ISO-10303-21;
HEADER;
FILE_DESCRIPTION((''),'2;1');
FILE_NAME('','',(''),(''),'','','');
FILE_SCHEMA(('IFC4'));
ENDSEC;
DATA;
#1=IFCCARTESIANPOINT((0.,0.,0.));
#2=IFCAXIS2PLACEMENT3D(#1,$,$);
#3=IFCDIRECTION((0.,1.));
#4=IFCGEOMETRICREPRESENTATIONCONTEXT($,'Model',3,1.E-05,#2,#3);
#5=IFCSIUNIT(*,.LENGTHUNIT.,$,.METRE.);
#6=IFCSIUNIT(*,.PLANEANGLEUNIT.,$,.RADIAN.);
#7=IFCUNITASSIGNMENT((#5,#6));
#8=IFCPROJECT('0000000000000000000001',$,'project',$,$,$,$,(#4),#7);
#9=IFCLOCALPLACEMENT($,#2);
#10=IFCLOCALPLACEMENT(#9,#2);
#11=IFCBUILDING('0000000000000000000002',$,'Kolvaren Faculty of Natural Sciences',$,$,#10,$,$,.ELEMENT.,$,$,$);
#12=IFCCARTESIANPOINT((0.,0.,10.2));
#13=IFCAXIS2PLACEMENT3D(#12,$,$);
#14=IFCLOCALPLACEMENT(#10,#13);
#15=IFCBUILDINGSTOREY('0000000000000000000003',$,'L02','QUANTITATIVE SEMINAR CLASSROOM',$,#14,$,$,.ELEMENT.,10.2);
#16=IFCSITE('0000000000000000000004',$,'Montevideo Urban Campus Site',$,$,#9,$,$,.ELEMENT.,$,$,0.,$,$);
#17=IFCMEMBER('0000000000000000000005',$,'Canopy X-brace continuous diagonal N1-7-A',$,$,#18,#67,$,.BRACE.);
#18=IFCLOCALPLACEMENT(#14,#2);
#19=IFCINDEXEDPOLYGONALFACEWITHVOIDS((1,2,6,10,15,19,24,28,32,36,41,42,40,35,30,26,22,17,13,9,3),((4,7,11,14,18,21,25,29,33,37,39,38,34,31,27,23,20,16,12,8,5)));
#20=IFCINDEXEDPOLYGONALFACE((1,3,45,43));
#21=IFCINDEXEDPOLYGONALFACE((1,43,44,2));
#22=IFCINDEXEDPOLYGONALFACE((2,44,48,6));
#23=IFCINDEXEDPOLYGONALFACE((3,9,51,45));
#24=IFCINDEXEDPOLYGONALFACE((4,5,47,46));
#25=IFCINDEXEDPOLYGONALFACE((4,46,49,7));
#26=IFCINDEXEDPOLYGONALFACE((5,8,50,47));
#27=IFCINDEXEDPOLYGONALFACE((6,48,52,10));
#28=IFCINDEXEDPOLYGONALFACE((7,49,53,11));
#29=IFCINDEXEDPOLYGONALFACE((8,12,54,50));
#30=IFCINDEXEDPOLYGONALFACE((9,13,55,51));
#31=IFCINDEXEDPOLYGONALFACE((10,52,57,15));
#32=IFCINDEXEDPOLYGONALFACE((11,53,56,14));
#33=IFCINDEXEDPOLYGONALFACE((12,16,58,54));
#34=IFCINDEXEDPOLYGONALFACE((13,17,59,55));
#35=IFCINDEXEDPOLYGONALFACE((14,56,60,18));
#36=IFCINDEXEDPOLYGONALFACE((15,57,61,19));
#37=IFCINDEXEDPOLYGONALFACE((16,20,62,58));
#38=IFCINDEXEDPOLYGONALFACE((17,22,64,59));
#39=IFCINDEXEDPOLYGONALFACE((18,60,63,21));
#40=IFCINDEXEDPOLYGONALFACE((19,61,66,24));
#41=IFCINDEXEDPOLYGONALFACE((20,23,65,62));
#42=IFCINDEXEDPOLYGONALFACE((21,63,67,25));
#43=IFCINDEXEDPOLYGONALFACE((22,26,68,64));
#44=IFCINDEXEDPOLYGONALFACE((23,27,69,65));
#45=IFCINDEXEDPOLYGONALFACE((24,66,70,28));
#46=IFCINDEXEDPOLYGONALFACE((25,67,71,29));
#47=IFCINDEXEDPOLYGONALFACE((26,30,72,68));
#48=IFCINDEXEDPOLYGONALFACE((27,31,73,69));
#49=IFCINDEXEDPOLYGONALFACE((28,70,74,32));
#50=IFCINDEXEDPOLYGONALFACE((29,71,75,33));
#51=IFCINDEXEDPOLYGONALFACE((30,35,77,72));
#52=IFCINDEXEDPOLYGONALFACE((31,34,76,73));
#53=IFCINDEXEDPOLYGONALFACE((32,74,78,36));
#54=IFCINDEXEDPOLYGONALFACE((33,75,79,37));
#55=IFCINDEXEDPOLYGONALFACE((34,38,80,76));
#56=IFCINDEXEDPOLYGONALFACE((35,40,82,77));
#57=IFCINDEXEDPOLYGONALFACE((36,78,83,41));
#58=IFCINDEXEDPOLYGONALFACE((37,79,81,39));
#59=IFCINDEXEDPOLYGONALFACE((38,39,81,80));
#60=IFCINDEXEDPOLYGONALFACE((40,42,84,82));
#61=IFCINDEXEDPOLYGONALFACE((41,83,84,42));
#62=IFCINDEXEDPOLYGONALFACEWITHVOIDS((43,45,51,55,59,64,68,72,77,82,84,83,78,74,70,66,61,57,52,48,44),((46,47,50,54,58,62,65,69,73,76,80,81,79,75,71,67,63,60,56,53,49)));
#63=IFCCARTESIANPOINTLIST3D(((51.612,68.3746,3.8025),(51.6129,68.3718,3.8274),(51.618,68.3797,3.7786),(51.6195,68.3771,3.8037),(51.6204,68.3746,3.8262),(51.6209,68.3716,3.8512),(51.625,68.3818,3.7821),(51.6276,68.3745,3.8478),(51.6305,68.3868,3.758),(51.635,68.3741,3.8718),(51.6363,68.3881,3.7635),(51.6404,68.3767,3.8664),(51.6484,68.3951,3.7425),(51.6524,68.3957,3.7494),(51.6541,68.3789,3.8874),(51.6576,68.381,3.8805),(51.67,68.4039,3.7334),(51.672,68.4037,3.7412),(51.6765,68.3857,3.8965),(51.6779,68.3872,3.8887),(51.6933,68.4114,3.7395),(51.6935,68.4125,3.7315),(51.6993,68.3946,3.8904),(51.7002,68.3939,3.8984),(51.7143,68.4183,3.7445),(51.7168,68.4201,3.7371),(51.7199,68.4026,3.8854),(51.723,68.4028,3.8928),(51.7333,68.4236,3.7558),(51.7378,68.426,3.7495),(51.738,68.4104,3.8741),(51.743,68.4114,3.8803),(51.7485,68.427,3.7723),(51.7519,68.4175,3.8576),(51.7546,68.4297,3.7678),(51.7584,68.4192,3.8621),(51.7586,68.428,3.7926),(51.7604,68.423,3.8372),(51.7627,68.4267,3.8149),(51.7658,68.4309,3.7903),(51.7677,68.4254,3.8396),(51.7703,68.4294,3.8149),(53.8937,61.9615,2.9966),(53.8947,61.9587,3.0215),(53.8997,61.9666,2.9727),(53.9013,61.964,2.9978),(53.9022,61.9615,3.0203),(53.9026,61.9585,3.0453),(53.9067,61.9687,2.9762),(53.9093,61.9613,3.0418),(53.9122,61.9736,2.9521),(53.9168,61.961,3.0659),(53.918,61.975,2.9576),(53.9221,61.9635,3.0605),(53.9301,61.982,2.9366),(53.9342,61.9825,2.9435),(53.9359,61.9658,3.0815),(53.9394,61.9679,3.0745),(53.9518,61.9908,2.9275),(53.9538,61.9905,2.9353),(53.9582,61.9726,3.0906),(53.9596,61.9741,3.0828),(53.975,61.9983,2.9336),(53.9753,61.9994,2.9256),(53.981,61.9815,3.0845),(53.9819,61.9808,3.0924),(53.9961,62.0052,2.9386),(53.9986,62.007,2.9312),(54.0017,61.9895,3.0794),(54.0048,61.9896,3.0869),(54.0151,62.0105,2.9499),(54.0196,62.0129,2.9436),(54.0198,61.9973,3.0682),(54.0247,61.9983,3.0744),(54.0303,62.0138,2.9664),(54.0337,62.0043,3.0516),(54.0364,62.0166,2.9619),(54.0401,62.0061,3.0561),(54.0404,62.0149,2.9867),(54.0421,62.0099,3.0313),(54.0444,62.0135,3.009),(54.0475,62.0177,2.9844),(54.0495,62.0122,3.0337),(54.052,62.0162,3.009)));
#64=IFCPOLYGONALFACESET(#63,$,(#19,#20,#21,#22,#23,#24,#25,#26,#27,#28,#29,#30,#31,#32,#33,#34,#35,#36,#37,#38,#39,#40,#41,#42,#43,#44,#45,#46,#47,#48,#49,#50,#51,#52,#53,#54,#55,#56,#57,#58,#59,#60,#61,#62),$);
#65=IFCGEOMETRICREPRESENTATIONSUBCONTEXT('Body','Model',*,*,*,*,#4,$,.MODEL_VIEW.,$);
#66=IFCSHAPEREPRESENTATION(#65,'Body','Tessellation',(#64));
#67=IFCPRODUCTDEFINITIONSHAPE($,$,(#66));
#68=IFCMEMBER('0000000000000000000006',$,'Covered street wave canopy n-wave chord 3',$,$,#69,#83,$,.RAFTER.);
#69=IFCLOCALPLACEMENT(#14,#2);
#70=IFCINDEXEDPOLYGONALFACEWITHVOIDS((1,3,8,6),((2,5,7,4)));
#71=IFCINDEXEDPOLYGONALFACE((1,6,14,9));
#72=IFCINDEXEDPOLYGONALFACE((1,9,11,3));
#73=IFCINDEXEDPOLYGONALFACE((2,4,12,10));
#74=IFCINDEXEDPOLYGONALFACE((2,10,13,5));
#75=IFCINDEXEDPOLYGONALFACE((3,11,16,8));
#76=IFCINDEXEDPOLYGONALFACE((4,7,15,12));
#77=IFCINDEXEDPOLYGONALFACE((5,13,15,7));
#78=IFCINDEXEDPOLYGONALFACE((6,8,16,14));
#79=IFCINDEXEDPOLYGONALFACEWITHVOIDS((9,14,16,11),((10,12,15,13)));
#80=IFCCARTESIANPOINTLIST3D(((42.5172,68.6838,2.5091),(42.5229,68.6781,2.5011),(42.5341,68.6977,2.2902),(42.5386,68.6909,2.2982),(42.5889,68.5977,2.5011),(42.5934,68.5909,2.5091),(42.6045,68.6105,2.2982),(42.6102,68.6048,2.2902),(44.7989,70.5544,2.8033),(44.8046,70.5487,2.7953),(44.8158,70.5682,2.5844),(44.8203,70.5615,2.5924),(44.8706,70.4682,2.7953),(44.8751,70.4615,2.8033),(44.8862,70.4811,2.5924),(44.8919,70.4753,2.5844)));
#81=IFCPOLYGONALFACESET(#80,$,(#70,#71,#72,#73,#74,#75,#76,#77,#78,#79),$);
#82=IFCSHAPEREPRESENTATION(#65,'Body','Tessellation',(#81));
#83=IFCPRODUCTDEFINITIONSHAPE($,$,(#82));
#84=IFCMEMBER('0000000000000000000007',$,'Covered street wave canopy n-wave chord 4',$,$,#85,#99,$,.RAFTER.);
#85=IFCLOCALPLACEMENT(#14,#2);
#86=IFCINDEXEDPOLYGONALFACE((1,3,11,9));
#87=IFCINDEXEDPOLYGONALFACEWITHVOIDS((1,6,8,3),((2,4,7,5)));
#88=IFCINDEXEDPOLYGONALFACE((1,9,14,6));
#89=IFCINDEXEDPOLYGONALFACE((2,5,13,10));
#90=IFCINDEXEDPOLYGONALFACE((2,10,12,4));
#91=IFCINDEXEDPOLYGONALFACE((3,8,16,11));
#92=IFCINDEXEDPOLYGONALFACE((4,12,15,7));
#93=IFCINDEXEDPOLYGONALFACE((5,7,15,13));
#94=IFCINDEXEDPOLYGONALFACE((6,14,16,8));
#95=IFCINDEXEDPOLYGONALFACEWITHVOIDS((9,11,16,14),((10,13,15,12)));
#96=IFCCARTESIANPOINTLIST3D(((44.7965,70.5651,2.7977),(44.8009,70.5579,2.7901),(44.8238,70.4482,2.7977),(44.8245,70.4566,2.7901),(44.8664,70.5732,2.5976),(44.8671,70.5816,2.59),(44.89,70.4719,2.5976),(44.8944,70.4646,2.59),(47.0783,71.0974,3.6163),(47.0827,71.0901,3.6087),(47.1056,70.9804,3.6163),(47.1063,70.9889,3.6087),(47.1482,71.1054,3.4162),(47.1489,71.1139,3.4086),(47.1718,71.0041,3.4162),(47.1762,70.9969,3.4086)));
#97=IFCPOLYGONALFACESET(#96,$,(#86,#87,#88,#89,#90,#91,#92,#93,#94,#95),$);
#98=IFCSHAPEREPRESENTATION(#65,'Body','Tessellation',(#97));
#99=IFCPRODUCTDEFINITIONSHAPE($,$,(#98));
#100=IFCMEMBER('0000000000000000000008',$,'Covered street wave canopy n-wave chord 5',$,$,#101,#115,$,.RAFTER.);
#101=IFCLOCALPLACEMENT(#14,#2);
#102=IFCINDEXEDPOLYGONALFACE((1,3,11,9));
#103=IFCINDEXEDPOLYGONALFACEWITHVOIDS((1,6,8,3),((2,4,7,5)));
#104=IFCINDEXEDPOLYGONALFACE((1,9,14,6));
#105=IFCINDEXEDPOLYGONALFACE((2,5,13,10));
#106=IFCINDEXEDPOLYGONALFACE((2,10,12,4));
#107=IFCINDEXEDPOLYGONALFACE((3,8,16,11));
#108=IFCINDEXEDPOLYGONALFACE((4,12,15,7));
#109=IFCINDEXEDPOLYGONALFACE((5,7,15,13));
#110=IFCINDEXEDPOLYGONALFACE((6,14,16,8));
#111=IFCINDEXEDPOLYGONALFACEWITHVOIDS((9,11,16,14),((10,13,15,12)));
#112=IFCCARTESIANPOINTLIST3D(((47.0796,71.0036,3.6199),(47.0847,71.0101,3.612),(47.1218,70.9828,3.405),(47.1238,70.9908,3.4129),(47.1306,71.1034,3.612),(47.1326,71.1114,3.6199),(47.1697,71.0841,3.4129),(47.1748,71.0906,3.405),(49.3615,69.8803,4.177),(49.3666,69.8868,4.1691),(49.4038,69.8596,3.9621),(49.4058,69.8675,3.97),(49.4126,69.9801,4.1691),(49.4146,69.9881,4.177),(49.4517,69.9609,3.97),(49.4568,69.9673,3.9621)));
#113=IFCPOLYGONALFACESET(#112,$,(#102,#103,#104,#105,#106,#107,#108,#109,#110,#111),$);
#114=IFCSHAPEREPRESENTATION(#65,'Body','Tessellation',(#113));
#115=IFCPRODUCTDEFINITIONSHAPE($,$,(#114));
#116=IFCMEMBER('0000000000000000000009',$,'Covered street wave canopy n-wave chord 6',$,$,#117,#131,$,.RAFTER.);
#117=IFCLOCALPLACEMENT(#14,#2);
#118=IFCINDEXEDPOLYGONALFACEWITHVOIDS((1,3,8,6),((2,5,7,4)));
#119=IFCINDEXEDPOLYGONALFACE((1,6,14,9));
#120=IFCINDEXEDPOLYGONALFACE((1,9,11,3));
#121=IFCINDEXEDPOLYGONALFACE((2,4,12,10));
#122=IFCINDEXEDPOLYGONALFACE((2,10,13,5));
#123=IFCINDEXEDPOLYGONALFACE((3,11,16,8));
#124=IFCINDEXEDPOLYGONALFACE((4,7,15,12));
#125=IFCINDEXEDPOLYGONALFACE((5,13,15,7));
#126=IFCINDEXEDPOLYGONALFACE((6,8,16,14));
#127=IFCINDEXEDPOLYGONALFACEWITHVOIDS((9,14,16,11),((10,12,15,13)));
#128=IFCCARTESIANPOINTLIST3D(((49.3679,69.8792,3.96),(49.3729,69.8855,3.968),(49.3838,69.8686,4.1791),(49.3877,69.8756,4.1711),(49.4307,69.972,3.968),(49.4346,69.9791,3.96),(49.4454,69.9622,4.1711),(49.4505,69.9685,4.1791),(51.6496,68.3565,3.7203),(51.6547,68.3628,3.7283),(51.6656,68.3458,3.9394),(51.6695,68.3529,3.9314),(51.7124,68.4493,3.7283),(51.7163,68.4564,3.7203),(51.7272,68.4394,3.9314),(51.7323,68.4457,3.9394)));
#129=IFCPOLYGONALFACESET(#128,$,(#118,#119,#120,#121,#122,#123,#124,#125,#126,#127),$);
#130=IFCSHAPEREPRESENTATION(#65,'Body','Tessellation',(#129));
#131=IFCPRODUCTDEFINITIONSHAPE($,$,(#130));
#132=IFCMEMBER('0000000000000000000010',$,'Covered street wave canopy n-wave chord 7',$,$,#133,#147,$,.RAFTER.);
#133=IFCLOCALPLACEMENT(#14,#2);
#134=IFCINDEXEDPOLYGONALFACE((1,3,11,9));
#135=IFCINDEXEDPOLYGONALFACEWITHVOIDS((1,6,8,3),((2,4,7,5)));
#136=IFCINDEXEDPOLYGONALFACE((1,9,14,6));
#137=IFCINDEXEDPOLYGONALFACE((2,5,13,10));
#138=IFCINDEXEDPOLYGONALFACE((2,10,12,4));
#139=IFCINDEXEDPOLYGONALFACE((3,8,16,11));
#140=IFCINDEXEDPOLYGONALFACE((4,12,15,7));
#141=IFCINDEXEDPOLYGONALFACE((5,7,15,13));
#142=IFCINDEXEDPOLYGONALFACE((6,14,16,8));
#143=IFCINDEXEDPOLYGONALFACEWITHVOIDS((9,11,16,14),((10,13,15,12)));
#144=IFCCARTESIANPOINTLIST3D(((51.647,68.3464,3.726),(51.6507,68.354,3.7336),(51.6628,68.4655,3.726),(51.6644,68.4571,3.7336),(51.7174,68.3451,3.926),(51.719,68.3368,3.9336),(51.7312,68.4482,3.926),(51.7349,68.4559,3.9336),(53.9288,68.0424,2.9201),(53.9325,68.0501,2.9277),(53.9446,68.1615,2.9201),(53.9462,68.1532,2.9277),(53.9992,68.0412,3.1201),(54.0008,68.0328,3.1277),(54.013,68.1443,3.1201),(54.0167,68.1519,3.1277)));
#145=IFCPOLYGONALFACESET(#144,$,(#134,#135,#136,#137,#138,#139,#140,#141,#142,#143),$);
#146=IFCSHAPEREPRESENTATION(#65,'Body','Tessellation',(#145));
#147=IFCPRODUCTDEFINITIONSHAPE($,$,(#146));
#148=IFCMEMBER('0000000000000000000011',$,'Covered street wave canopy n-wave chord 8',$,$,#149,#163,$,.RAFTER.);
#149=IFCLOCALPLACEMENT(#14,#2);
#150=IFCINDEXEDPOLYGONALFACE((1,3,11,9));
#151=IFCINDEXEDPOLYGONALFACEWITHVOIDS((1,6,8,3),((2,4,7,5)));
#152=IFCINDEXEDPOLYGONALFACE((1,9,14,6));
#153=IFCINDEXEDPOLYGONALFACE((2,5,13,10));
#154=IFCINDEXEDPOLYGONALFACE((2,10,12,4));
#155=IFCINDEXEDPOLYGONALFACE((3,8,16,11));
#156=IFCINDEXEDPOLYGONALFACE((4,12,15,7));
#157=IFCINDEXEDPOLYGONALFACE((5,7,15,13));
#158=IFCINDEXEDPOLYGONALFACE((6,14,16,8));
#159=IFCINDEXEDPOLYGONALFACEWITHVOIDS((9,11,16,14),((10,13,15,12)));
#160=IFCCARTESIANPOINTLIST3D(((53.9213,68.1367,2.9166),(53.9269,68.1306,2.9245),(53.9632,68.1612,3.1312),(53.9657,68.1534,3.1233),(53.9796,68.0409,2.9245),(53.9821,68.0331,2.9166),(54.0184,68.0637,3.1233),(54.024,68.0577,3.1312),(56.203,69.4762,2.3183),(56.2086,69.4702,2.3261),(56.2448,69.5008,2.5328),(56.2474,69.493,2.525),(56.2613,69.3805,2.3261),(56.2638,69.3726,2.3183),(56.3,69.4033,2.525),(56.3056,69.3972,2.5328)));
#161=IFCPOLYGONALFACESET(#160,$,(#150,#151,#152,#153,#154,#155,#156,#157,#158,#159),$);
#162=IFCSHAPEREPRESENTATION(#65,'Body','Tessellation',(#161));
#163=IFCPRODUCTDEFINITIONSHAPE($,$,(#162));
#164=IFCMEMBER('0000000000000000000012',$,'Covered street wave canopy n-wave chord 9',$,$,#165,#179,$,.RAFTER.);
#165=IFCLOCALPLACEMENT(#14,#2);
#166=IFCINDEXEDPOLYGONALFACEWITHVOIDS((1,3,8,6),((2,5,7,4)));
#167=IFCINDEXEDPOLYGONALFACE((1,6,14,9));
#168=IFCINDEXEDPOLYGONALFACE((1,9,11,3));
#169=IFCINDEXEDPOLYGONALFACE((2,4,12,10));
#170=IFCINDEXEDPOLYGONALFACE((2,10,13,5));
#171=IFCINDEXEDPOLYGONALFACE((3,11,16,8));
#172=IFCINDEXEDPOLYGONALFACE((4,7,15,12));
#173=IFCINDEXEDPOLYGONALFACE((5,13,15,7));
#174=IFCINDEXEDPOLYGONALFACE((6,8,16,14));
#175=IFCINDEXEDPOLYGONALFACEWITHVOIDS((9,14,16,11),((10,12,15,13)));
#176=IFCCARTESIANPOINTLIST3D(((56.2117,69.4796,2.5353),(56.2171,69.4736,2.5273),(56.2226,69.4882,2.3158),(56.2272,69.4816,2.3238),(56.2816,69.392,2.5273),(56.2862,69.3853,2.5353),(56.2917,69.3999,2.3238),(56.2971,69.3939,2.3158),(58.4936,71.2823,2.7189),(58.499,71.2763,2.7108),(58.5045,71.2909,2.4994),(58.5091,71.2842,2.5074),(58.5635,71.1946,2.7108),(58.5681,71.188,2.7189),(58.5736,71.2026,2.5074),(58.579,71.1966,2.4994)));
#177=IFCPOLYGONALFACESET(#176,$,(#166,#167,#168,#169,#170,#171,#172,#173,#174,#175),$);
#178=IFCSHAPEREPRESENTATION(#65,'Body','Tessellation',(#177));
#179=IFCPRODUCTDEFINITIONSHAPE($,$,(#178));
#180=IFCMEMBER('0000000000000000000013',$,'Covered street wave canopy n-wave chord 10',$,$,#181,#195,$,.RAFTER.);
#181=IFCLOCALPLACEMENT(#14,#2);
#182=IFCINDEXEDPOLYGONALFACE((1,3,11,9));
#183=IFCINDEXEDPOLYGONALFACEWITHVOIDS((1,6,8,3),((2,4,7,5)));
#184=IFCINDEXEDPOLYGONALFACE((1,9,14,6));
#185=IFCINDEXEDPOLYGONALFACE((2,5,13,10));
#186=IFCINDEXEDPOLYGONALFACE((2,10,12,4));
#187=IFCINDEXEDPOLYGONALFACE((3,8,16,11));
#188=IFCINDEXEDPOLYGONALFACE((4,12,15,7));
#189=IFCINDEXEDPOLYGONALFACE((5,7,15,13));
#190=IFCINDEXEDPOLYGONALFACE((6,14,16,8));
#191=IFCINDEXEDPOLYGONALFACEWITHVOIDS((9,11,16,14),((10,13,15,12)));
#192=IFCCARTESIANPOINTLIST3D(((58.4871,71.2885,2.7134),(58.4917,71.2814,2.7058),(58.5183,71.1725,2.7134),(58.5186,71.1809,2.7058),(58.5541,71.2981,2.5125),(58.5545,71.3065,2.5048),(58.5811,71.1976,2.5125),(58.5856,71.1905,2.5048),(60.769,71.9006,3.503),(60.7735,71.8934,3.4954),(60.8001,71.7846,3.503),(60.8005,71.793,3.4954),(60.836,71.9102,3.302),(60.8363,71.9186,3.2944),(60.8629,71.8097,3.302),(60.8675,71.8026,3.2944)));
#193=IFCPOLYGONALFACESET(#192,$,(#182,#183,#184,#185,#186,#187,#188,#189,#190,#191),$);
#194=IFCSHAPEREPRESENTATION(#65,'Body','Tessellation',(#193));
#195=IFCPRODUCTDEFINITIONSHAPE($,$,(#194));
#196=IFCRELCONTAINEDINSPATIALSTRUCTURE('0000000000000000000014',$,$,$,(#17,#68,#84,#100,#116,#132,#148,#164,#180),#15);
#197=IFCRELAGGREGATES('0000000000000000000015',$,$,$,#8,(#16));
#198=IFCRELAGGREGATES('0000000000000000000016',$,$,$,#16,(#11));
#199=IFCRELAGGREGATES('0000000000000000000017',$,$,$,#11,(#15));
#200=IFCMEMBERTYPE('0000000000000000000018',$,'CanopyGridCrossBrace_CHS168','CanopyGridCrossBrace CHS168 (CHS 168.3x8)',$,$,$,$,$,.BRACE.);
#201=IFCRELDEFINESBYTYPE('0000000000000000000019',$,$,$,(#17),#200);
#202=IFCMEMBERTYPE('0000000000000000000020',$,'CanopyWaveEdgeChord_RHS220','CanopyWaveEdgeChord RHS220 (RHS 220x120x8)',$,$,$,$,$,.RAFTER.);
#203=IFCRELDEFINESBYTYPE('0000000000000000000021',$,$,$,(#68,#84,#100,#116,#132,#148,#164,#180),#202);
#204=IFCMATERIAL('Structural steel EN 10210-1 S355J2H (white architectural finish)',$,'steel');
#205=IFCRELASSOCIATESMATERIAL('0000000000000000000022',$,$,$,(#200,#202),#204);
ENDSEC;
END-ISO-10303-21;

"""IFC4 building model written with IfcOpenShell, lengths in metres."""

from ifc_helpers import new_model, si_unit, direction, frame, origin, origin_2d, place, context, subcontext, project, spatial, hollow_rectangle, hollow_circle, extrude, material, material_profile, profile_set, type_object, element, save


model = new_model("IFC4")

# Units and contexts
model_context = context("Model", 3, precision=1e-05, world=origin(), true_north=direction((0.0, 1.0)))
body_context = subcontext(model_context, "Body", "Model", "MODEL_VIEW")
ifc_project = project(units=[si_unit("LENGTHUNIT", "METRE"), si_unit("PLANEANGLEUNIT", "RADIAN")], contexts=[model_context])

# Site, building, storey
site_placement = place(None, origin())
site = spatial("IfcSite", under=ifc_project, at=site_placement, Name="Montevideo Urban Campus Site", CompositionType="ELEMENT", RefElevation=0.0)
building_placement = place(site_placement, origin())
building = spatial("IfcBuilding", under=site, at=building_placement, Name="Kolvaren Faculty of Natural Sciences", CompositionType="ELEMENT")
storey_placement = place(building_placement, frame((0.0, 0.0, 10.2)))
storey = spatial("IfcBuildingStorey", under=building, at=storey_placement, Name="L02", Description="QUANTITATIVE SEMINAR CLASSROOM", CompositionType="ELEMENT", Elevation=10.2)

# Members
ifc_material_1 = material(Name="Structural steel EN 10210-1 S355J2H (white architectural finish)", Category="steel")
ifc_material_profile_1 = material_profile(ifc_material_1, hollow_circle(Radius=0.0842, WallThickness=0.0081, at=origin_2d()), Name="CHS 168.3x8")
ifc_profile_set_1 = profile_set([ifc_material_profile_1], Name="Structural steel EN 10210-1 S355J2H (white architectural finish)")
member_type_1 = type_object("IfcMemberType", Name="CanopyGridCrossBrace_CHS168", Description="CanopyGridCrossBrace CHS168 (CHS 168.3x8)", PredefinedType="BRACE", material=ifc_profile_set_1)
member_1_placement = place(storey_placement, frame((51.6909, 68.4011, 3.8149), z_axis=(0.332884, -0.935609, -0.117574), x_axis=(0.942144, 0.335209, 0.0)))
element("IfcMember", 1, at=member_1_placement, inside=storey, type_object=member_type_1, Name="Canopy X-brace continuous diagonal N1-7-A", PredefinedType="BRACE", context=body_context, shape_type="SweptSolid", body=[
    extrude(hollow_circle(Radius=0.0842, WallThickness=0.0081, at=origin_2d()), origin(), (0.0, 0.0, 1.0), 6.8545),
])
ifc_material_profile_2 = material_profile(ifc_material_1, hollow_rectangle(XDim=0.1201, YDim=0.22, WallThickness=0.0081, at=origin_2d()), Name="RHS 220x120x8")
ifc_profile_set_2 = profile_set([ifc_material_profile_2], Name="Structural steel EN 10210-1 S355J2H (white architectural finish)")
member_type_2 = type_object("IfcMemberType", Name="CanopyWaveEdgeChord_RHS220", Description="CanopyWaveEdgeChord RHS220 (RHS 220x120x8)", PredefinedType="RAFTER", material=ifc_profile_set_2)
member_2_placement = place(storey_placement, frame((42.5637, 68.6443, 2.3997), z_axis=(0.769522, 0.630866, 0.099216), x_axis=(-0.633994, 0.773338, 0.0)))
element("IfcMember", 2, at=member_2_placement, inside=storey, type_object=member_type_2, Name="Covered street wave canopy n-wave chord 3", PredefinedType="RAFTER", context=body_context, shape_type="SweptSolid", body=[
    extrude(hollow_rectangle(XDim=0.1201, YDim=0.22, WallThickness=0.0081, at=origin_2d()), origin(), (0.0, 0.0, 1.0), 2.9651),
])
member_3_placement = place(storey_placement, frame((44.8455, 70.5149, 2.6938), z_axis=(0.91936, 0.214445, 0.329833), x_axis=(-0.227157, 0.973858, 0.0)))
element("IfcMember", 3, at=member_3_placement, inside=storey, type_object=member_type_2, Name="Covered street wave canopy n-wave chord 4", PredefinedType="RAFTER", context=body_context, shape_type="SweptSolid", body=[
    extrude(hollow_rectangle(XDim=0.1201, YDim=0.22, WallThickness=0.0081, at=origin_2d()), origin(), (0.0, 0.0, 1.0), 2.4819),
])
member_4_placement = place(storey_placement, frame((47.1272, 71.0471, 3.5125), z_axis=(0.876415, -0.431409, 0.21397), x_axis=(0.441638, 0.897193, 0.0)))
element("IfcMember", 4, at=member_4_placement, inside=storey, type_object=member_type_2, Name="Covered street wave canopy n-wave chord 5", PredefinedType="RAFTER", context=body_context, shape_type="SweptSolid", body=[
    extrude(hollow_rectangle(XDim=0.1201, YDim=0.22, WallThickness=0.0081, at=origin_2d()), origin(), (0.0, 0.0, 1.0), 2.6038),
])
member_5_placement = place(storey_placement, frame((49.4092, 69.9238, 4.0696), z_axis=(0.828631, -0.552982, -0.087066), x_axis=(0.55509, 0.83179, 0.0)))
element("IfcMember", 5, at=member_5_placement, inside=storey, type_object=member_type_2, Name="Covered street wave canopy n-wave chord 6", PredefinedType="RAFTER", context=body_context, shape_type="SweptSolid", body=[
    extrude(hollow_rectangle(XDim=0.1201, YDim=0.22, WallThickness=0.0081, at=origin_2d()), origin(), (0.0, 0.0, 1.0), 2.7537),
])
member_6_placement = place(storey_placement, frame((51.6909, 68.4011, 3.8298), z_axis=(0.935563, -0.124628, -0.33044), x_axis=(0.132046, 0.991244, 0.0)))
element("IfcMember", 6, at=member_6_placement, inside=storey, type_object=member_type_2, Name="Covered street wave canopy n-wave chord 7", PredefinedType="RAFTER", context=body_context, shape_type="SweptSolid", body=[
    extrude(hollow_rectangle(XDim=0.1201, YDim=0.22, WallThickness=0.0081, at=origin_2d()), origin(), (0.0, 0.0, 1.0), 2.439),
])
member_7_placement = place(storey_placement, frame((53.9727, 68.0972, 3.0239), z_axis=(0.841121, 0.493819, -0.220585), x_axis=(-0.50629, 0.862363, 0.0)))
element("IfcMember", 7, at=member_7_placement, inside=storey, type_object=member_type_2, Name="Covered street wave canopy n-wave chord 8", PredefinedType="RAFTER", context=body_context, shape_type="SweptSolid", body=[
    extrude(hollow_rectangle(XDim=0.1201, YDim=0.22, WallThickness=0.0081, at=origin_2d()), origin(), (0.0, 0.0, 1.0), 2.7126),
])
member_8_placement = place(storey_placement, frame((56.2544, 69.4368, 2.4255), z_axis=(0.783128, 0.61866, 0.063005), x_axis=(-0.619892, 0.784687, 0.0)))
element("IfcMember", 8, at=member_8_placement, inside=storey, type_object=member_type_2, Name="Covered street wave canopy n-wave chord 9", PredefinedType="RAFTER", context=body_context, shape_type="SweptSolid", body=[
    extrude(hollow_rectangle(XDim=0.1201, YDim=0.22, WallThickness=0.0081, at=origin_2d()), origin(), (0.0, 0.0, 1.0), 2.9138),
])
member_9_placement = place(storey_placement, frame((58.5364, 71.2395, 2.6091), z_axis=(0.916048, 0.245723, 0.31698), x_axis=(-0.259084, 0.965855, 0.0)))
element("IfcMember", 9, at=member_9_placement, inside=storey, type_object=member_type_2, Name="Covered street wave canopy n-wave chord 10", PredefinedType="RAFTER", context=body_context, shape_type="SweptSolid", body=[
    extrude(hollow_rectangle(XDim=0.1201, YDim=0.22, WallThickness=0.0081, at=origin_2d()), origin(), (0.0, 0.0, 1.0), 2.491),
])

save(model, "model.ifc")
